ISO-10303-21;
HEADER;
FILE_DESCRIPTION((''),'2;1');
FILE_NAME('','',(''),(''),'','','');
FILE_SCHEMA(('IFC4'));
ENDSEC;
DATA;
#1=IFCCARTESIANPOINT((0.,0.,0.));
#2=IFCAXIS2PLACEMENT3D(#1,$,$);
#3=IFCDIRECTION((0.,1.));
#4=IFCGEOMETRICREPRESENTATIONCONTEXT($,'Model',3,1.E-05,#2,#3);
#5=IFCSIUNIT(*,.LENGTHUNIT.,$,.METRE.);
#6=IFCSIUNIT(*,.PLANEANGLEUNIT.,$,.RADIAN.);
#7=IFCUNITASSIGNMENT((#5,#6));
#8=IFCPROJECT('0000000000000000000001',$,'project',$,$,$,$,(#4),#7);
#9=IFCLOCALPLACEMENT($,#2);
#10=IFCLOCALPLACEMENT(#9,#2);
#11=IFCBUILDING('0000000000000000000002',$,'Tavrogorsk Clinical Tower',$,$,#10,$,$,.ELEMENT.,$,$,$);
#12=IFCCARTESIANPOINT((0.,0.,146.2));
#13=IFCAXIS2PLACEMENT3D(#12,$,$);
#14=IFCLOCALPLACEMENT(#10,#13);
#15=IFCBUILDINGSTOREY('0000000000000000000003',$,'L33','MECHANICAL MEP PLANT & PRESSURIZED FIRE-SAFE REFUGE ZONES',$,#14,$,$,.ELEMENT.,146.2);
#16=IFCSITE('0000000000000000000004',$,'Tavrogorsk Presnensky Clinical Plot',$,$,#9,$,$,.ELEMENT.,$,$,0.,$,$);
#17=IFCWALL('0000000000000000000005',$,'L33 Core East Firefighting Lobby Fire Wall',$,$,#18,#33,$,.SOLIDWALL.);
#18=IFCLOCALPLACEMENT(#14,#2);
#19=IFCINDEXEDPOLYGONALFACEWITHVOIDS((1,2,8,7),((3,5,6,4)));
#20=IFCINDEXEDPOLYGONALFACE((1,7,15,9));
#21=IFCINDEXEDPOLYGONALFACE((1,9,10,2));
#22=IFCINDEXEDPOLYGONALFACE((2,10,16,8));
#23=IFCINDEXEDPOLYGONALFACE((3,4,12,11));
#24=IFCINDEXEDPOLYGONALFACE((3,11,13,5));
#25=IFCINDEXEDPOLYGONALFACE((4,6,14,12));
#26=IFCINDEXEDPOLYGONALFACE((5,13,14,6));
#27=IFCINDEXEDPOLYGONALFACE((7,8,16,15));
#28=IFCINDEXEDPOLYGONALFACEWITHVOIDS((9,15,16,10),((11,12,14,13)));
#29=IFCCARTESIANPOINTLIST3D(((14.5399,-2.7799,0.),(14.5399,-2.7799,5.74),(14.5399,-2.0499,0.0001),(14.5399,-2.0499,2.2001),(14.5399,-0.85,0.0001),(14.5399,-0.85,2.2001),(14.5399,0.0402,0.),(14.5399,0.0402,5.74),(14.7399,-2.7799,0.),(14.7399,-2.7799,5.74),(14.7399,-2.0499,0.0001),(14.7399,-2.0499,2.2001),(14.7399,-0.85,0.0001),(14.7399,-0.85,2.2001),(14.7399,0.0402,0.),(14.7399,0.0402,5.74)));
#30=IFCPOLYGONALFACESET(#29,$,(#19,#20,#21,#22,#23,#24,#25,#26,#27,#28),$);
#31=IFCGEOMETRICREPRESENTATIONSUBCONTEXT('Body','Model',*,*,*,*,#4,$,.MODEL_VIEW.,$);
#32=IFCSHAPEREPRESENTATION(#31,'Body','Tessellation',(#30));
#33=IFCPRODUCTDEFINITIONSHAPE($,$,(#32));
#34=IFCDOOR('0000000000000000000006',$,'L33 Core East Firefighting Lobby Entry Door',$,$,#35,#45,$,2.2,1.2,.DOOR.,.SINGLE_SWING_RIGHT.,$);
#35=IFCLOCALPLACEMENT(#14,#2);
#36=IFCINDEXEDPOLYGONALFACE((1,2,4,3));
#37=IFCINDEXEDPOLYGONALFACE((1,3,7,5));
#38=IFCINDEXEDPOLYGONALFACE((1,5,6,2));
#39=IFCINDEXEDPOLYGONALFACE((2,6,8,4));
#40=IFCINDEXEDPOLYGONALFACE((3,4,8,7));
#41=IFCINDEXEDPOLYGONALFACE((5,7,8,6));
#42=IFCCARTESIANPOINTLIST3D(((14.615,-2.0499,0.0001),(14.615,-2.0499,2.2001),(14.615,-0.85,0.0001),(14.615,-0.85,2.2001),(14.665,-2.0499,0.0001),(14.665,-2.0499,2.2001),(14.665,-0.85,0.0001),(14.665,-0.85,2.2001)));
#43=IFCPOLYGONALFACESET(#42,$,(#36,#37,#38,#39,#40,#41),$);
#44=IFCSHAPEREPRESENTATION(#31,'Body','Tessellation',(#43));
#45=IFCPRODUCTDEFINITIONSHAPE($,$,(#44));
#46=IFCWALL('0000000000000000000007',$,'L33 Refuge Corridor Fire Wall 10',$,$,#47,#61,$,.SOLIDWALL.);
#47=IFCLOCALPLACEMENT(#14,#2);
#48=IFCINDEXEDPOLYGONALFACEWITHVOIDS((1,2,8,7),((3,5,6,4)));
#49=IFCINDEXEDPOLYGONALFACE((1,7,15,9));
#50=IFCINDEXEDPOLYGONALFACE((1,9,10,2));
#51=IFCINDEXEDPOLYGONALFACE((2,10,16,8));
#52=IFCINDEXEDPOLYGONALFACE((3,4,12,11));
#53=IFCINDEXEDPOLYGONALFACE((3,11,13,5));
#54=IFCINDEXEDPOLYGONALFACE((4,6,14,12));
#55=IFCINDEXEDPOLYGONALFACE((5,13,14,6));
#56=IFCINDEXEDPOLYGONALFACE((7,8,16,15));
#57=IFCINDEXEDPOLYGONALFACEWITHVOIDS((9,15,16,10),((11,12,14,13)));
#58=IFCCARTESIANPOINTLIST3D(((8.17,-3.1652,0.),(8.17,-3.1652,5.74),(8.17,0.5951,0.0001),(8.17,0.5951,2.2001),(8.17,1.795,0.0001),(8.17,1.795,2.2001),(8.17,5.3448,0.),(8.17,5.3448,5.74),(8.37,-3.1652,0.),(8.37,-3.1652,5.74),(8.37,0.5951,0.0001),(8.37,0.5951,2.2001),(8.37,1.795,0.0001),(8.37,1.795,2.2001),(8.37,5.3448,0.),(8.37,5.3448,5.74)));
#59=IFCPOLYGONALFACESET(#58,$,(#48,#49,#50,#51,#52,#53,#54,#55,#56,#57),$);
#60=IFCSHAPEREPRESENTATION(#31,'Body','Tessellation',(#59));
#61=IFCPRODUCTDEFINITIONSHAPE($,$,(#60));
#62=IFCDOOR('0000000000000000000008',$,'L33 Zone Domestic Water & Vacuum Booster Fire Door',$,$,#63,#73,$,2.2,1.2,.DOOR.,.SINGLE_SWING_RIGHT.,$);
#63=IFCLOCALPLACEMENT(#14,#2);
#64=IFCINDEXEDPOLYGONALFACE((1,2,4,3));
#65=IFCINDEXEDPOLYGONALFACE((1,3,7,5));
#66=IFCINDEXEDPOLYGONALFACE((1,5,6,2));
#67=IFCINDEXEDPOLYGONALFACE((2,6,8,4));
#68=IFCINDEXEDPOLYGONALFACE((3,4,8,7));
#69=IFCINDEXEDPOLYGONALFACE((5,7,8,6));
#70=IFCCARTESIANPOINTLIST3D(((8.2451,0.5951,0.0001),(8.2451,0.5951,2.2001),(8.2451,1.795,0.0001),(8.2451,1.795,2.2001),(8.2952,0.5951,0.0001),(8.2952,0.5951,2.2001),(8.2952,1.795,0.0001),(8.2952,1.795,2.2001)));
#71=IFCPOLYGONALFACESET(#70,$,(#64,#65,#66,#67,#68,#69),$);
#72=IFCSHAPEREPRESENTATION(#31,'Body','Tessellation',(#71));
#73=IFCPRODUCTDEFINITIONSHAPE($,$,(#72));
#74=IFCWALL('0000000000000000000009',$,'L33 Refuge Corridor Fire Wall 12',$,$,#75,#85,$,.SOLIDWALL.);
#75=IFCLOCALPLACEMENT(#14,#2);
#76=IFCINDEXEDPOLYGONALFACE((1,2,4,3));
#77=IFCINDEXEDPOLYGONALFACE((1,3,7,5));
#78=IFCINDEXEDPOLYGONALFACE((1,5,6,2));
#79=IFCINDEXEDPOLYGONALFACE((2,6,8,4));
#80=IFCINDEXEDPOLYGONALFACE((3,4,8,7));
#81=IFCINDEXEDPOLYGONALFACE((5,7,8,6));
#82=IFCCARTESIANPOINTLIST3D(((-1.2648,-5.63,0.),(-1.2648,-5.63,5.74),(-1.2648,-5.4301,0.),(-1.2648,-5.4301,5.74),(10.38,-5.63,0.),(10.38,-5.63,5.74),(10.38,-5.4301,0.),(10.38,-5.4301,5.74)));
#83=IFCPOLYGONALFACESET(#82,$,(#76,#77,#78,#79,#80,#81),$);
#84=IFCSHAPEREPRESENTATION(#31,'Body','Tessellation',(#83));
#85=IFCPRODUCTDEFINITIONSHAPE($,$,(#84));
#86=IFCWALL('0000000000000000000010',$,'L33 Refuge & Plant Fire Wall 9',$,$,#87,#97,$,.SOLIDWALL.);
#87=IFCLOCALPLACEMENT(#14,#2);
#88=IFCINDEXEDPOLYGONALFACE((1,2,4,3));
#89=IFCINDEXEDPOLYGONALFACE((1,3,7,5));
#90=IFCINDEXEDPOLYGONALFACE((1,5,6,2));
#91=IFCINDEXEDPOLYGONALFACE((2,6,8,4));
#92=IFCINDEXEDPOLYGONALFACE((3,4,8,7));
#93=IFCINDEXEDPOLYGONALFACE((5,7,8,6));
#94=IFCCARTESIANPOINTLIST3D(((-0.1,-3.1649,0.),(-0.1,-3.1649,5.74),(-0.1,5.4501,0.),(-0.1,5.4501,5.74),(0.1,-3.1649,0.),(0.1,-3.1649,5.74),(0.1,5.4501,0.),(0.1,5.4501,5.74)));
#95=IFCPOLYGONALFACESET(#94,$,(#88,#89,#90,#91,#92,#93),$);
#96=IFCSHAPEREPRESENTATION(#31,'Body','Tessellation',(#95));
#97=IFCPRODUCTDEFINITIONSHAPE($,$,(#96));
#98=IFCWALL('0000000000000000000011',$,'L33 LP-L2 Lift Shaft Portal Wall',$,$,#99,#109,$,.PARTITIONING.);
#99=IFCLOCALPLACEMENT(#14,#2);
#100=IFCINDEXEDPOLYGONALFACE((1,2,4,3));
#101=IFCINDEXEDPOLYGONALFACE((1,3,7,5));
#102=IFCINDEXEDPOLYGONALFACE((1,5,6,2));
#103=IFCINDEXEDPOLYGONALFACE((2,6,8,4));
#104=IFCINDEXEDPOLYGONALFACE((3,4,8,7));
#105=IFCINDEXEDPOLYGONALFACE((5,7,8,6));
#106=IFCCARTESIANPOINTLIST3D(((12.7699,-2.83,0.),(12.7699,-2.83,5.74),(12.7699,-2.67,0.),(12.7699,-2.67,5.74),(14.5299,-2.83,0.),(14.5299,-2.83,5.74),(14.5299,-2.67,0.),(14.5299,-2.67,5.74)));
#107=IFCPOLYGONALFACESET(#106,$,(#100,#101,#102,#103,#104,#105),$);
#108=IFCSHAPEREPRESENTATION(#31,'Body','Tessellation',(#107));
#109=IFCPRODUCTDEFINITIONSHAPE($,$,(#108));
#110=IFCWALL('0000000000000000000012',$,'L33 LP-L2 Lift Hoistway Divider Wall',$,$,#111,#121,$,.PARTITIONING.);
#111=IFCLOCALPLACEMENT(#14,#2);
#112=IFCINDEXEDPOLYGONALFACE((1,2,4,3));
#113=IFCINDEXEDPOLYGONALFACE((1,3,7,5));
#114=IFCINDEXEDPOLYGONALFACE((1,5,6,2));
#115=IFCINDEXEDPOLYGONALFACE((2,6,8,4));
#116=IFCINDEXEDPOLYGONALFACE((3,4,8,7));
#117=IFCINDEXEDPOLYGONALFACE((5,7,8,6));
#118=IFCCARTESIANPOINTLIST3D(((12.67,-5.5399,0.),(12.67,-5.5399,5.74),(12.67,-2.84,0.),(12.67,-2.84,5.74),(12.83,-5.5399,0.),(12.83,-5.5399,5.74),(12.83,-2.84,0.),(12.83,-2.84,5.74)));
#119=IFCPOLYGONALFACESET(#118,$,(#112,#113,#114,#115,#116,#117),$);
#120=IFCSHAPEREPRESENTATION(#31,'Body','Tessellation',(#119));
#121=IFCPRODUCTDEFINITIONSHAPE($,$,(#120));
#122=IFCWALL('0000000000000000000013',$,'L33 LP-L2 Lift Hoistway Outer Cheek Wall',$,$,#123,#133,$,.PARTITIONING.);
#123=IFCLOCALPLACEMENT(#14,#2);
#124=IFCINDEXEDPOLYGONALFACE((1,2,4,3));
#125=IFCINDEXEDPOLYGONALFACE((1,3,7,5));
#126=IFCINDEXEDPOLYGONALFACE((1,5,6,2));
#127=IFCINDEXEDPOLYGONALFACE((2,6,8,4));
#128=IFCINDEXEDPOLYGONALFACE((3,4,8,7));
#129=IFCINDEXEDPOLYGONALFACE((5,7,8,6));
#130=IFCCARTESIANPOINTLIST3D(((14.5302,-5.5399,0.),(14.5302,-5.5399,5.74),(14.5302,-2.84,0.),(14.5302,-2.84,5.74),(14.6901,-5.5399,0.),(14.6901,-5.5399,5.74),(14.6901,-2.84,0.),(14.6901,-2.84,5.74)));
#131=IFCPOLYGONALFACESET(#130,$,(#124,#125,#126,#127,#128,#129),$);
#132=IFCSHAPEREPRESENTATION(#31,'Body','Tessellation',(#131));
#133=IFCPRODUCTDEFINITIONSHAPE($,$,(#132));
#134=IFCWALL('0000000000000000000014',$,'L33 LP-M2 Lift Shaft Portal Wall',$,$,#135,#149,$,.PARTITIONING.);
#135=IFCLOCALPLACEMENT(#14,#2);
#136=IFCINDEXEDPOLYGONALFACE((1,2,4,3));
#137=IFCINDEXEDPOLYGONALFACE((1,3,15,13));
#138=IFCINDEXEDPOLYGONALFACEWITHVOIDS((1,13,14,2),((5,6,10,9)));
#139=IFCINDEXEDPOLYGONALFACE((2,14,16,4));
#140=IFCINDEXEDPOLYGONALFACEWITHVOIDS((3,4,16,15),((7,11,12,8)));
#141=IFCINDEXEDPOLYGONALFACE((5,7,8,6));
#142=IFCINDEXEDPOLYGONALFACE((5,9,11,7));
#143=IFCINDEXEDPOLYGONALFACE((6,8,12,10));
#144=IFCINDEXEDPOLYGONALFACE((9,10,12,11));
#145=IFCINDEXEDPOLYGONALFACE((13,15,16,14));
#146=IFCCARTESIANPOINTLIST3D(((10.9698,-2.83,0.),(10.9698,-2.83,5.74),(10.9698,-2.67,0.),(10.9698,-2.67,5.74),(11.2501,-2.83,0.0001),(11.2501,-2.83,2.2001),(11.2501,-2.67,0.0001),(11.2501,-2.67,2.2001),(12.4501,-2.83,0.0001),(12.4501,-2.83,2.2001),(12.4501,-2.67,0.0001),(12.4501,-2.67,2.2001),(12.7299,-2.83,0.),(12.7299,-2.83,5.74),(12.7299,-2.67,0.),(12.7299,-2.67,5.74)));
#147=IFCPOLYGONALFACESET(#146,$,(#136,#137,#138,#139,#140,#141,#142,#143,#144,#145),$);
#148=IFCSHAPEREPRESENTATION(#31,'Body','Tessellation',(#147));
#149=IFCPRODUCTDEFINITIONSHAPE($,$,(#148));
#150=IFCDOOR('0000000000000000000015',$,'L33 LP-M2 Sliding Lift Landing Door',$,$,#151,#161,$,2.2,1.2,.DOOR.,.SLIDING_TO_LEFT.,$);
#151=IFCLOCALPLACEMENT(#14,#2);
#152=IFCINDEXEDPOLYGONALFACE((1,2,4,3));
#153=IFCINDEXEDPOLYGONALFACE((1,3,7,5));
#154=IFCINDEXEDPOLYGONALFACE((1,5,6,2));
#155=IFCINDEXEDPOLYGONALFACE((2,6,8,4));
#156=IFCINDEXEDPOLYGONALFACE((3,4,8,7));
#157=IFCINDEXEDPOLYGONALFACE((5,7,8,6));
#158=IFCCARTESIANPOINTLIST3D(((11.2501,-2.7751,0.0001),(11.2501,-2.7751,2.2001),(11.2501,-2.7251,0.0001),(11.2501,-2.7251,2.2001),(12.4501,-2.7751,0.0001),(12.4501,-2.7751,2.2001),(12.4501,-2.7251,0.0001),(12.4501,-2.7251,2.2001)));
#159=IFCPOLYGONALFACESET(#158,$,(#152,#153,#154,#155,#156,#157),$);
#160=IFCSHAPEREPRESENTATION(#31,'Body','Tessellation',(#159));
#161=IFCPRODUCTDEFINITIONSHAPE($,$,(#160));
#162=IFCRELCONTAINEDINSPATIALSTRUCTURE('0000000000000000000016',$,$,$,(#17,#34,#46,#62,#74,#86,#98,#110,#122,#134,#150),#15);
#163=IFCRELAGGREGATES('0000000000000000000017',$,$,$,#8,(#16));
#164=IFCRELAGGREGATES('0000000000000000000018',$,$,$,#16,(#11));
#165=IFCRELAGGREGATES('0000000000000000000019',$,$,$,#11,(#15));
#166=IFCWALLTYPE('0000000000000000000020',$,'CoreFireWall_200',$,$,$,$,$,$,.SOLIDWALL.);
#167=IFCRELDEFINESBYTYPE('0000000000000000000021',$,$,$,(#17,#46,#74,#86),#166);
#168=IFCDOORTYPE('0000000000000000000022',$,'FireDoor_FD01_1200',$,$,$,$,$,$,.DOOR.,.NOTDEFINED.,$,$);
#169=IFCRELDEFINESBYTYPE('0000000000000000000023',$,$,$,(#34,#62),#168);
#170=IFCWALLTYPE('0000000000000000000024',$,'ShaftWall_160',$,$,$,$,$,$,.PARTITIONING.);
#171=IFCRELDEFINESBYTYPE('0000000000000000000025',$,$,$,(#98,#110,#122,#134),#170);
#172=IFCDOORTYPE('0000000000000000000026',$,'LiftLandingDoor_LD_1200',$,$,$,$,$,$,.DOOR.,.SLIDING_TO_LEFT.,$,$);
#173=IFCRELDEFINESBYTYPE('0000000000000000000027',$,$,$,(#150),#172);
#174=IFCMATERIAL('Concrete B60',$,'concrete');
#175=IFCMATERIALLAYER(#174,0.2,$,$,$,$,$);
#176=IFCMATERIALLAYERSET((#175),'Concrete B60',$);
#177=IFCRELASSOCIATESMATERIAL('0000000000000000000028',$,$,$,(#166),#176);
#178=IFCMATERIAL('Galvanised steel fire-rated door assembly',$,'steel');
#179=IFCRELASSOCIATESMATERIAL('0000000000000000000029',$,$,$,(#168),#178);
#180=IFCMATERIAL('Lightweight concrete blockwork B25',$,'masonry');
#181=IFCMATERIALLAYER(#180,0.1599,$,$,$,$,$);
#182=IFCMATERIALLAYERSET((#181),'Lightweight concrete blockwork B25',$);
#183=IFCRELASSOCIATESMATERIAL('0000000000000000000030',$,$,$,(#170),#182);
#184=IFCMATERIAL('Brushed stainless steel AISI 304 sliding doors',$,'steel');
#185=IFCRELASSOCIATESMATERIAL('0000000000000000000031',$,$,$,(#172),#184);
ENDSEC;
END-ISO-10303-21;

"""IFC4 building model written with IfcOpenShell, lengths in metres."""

from ifc_helpers import new_model, si_unit, direction, frame, frame_2d, origin, place, context, subcontext, project, spatial, rectangle, extrude, material, layer, layer_set, type_object, element, fill, save


model = new_model("IFC4")

# Units and contexts
model_context = context("Model", 3, precision=1e-05, world=origin(), true_north=direction((0.0, 1.0)))
body_context = subcontext(model_context, "Body", "Model", "MODEL_VIEW")
ifc_project = project(units=[si_unit("LENGTHUNIT", "METRE"), si_unit("PLANEANGLEUNIT", "RADIAN")], contexts=[model_context])

# Site, building, storey
site_placement = place(None, origin())
site = spatial("IfcSite", under=ifc_project, at=site_placement, Name="Tavrogorsk Presnensky Clinical Plot", CompositionType="ELEMENT", RefElevation=0.0)
building_placement = place(site_placement, origin())
building = spatial("IfcBuilding", under=site, at=building_placement, Name="Tavrogorsk Clinical Tower", CompositionType="ELEMENT")
storey_placement = place(building_placement, frame((0.0, 0.0, 146.2)))
storey = spatial("IfcBuildingStorey", under=building, at=storey_placement, Name="L33", Description="MECHANICAL MEP PLANT & PRESSURIZED FIRE-SAFE REFUGE ZONES", CompositionType="ELEMENT", Elevation=146.2)

# Walls, openings, doors
ifc_material_1 = material(Name="Concrete B60", Category="concrete")
ifc_layer_1 = layer(ifc_material_1, 0.2)
ifc_layer_set_1 = layer_set([ifc_layer_1], Name="Concrete B60")
wall_type_1 = type_object("IfcWallType", Name="CoreFireWall_200", PredefinedType="SOLIDWALL", material=ifc_layer_set_1)
wall_1_placement = place(storey_placement, frame((14.6399, -2.78, 0.0), z_axis=(0.0, 0.0, 1.0), x_axis=(0.0, 1.0, 0.0)))
wall_1 = element("IfcWall", 1, at=wall_1_placement, inside=storey, type_object=wall_type_1, Name="L33 Core East Firefighting Lobby Fire Wall", PredefinedType="SOLIDWALL", context=body_context, shape_type="SweptSolid", body=[
    extrude(rectangle(XDim=2.8201, YDim=0.2, at=frame_2d((1.4102, 0.0))), origin(), (0.0, 0.0, 1.0), 5.74),
])
opening_1_placement = place(wall_1_placement, frame((0.73, 0.0, 0.0)))
opening_1 = element("IfcOpeningElement", 2, at=opening_1_placement, cuts=wall_1, PredefinedType="OPENING", context=body_context, shape_type="SweptSolid", body=[
    extrude(rectangle(XDim=1.2, YDim=2.2, at=frame_2d((0.6001, 1.1001))), frame((0.0, 0.1099, 0.0), z_axis=(0.0, -1.0, 0.0), x_axis=(1.0, 0.0, 0.0)), (0.0, 0.0, 1.0), 0.22),
])
ifc_material_2 = material(Name="Galvanised steel fire-rated door assembly", Category="steel")
door_type_1 = type_object("IfcDoorType", Name="FireDoor_FD01_1200", OperationType="NOTDEFINED", PredefinedType="DOOR", material=ifc_material_2)
door_1_placement = place(opening_1_placement, origin())
door_1 = element("IfcDoor", 3, at=door_1_placement, inside=storey, type_object=door_type_1, Name="L33 Core East Firefighting Lobby Entry Door", OperationType="SINGLE_SWING_RIGHT", OverallHeight=2.2, OverallWidth=1.2, PredefinedType="DOOR", context=body_context, shape_type="SweptSolid", body=[
    extrude(rectangle(XDim=1.2, YDim=2.2, at=frame_2d((0.6001, 1.1001))), frame((0.0, 0.0249, 0.0), z_axis=(0.0, -1.0, 0.0), x_axis=(1.0, 0.0, 0.0)), (0.0, 0.0, 1.0), 0.05),
])
fill(opening_1, door_1)
wall_2_placement = place(storey_placement, frame((8.27, -3.165, 0.0), z_axis=(0.0, 0.0, 1.0), x_axis=(0.0, 1.0, 0.0)))
wall_2 = element("IfcWall", 4, at=wall_2_placement, inside=storey, type_object=wall_type_1, Name="L33 Refuge Corridor Fire Wall 10", PredefinedType="SOLIDWALL", context=body_context, shape_type="SweptSolid", body=[
    extrude(rectangle(XDim=8.51, YDim=0.2, at=frame_2d((4.2549, 0.0))), origin(), (0.0, 0.0, 1.0), 5.74),
])
opening_2_placement = place(wall_2_placement, frame((3.76, 0.0, 0.0)))
opening_2 = element("IfcOpeningElement", 5, at=opening_2_placement, cuts=wall_2, PredefinedType="OPENING", context=body_context, shape_type="SweptSolid", body=[
    extrude(rectangle(XDim=1.2, YDim=2.2, at=frame_2d((0.6001, 1.1001))), frame((0.0, 0.1099, 0.0), z_axis=(0.0, -1.0, 0.0), x_axis=(1.0, 0.0, 0.0)), (0.0, 0.0, 1.0), 0.22),
])
door_2_placement = place(opening_2_placement, origin())
door_2 = element("IfcDoor", 6, at=door_2_placement, inside=storey, type_object=door_type_1, Name="L33 Zone Domestic Water & Vacuum Booster Fire Door", OperationType="SINGLE_SWING_RIGHT", OverallHeight=2.2, OverallWidth=1.2, PredefinedType="DOOR", context=body_context, shape_type="SweptSolid", body=[
    extrude(rectangle(XDim=1.2, YDim=2.2, at=frame_2d((0.6001, 1.1001))), frame((0.0, 0.0249, 0.0), z_axis=(0.0, -1.0, 0.0), x_axis=(1.0, 0.0, 0.0)), (0.0, 0.0, 1.0), 0.05),
])
fill(opening_2, door_2)

# Walls
wall_3_placement = place(storey_placement, frame((10.3799, -5.53, 0.0), z_axis=(0.0, 0.0, 1.0), x_axis=(-1.0, 0.0, 0.0)))
element("IfcWall", 7, at=wall_3_placement, inside=storey, type_object=wall_type_1, Name="L33 Refuge Corridor Fire Wall 12", PredefinedType="SOLIDWALL", context=body_context, shape_type="SweptSolid", body=[
    extrude(rectangle(XDim=11.6448, YDim=0.2, at=frame_2d((5.8223, 0.0))), origin(), (0.0, 0.0, 1.0), 5.74),
])
wall_4_placement = place(storey_placement, frame((0.0, -3.165, 0.0), z_axis=(0.0, 0.0, 1.0), x_axis=(0.0, 1.0, 0.0)))
element("IfcWall", 8, at=wall_4_placement, inside=storey, type_object=wall_type_1, Name="L33 Refuge & Plant Fire Wall 9", PredefinedType="SOLIDWALL", context=body_context, shape_type="SweptSolid", body=[
    extrude(rectangle(XDim=8.615, YDim=0.2, at=frame_2d((4.3076, 0.0))), origin(), (0.0, 0.0, 1.0), 5.74),
])
ifc_material_3 = material(Name="Lightweight concrete blockwork B25", Category="masonry")
ifc_layer_2 = layer(ifc_material_3, 0.1599)
ifc_layer_set_2 = layer_set([ifc_layer_2], Name="Lightweight concrete blockwork B25")
wall_type_2 = type_object("IfcWallType", Name="ShaftWall_160", PredefinedType="PARTITIONING", material=ifc_layer_set_2)
wall_5_placement = place(storey_placement, frame((12.77, -2.75, 0.0), z_axis=(0.0, 0.0, 1.0), x_axis=(1.0, 0.0, 0.0)))
element("IfcWall", 9, at=wall_5_placement, inside=storey, type_object=wall_type_2, Name="L33 LP-L2 Lift Shaft Portal Wall", PredefinedType="PARTITIONING", context=body_context, shape_type="SweptSolid", body=[
    extrude(rectangle(XDim=1.76, YDim=0.1599, at=frame_2d((0.8799, 0.0))), origin(), (0.0, 0.0, 1.0), 5.74),
])
for number, where, z_axis, x_axis, name in (
    (10, (12.75, -5.54, 0.0), (0.0, 0.0, 1.0), (0.0, 1.0, 0.0), "L33 LP-L2 Lift Hoistway Divider Wall"),
    (11, (14.6101, -5.54, 0.0), (0.0, 0.0, 1.0), (0.0, 1.0, 0.0), "L33 LP-L2 Lift Hoistway Outer Cheek Wall"),
):
    element("IfcWall", number, at=place(storey_placement, frame(where, z_axis=z_axis, x_axis=x_axis)), inside=storey, type_object=wall_type_2, Name=name, PredefinedType="PARTITIONING", context=body_context, shape_type="SweptSolid", body=[
        extrude(rectangle(XDim=2.7, YDim=0.1599, at=frame_2d((1.3501, 0.0))), origin(), (0.0, 0.0, 1.0), 5.74),
    ])

# Wall, opening, door
wall_6_placement = place(storey_placement, frame((10.97, -2.75, 0.0), z_axis=(0.0, 0.0, 1.0), x_axis=(1.0, 0.0, 0.0)))
wall_6 = element("IfcWall", 12, at=wall_6_placement, inside=storey, type_object=wall_type_2, Name="L33 LP-M2 Lift Shaft Portal Wall", PredefinedType="PARTITIONING", context=body_context, shape_type="SweptSolid", body=[
    extrude(rectangle(XDim=1.76, YDim=0.1599, at=frame_2d((0.8799, 0.0))), origin(), (0.0, 0.0, 1.0), 5.74),
])
opening_3_placement = place(wall_6_placement, frame((0.28, 0.0, 0.0)))
opening_3 = element("IfcOpeningElement", 13, at=opening_3_placement, cuts=wall_6, PredefinedType="OPENING", context=body_context, shape_type="SweptSolid", body=[
    extrude(rectangle(XDim=1.2, YDim=2.2, at=frame_2d((0.6001, 1.1001))), frame((0.0, 0.0898, 0.0), z_axis=(0.0, -1.0, 0.0), x_axis=(1.0, 0.0, 0.0)), (0.0, 0.0, 1.0), 0.1799),
])
ifc_material_4 = material(Name="Brushed stainless steel AISI 304 sliding doors", Category="steel")
door_type_2 = type_object("IfcDoorType", Name="LiftLandingDoor_LD_1200", OperationType="SLIDING_TO_LEFT", PredefinedType="DOOR", material=ifc_material_4)
door_3_placement = place(opening_3_placement, origin())
door_3 = element("IfcDoor", 14, at=door_3_placement, inside=storey, type_object=door_type_2, Name="L33 LP-M2 Sliding Lift Landing Door", OperationType="SLIDING_TO_LEFT", OverallHeight=2.2, OverallWidth=1.2, PredefinedType="DOOR", context=body_context, shape_type="SweptSolid", body=[
    extrude(rectangle(XDim=1.2, YDim=2.2, at=frame_2d((0.6001, 1.1001))), frame((0.0, 0.0249, 0.0), z_axis=(0.0, -1.0, 0.0), x_axis=(1.0, 0.0, 0.0)), (0.0, 0.0, 1.0), 0.05),
])
fill(opening_3, door_3)

save(model, "model.ifc")
